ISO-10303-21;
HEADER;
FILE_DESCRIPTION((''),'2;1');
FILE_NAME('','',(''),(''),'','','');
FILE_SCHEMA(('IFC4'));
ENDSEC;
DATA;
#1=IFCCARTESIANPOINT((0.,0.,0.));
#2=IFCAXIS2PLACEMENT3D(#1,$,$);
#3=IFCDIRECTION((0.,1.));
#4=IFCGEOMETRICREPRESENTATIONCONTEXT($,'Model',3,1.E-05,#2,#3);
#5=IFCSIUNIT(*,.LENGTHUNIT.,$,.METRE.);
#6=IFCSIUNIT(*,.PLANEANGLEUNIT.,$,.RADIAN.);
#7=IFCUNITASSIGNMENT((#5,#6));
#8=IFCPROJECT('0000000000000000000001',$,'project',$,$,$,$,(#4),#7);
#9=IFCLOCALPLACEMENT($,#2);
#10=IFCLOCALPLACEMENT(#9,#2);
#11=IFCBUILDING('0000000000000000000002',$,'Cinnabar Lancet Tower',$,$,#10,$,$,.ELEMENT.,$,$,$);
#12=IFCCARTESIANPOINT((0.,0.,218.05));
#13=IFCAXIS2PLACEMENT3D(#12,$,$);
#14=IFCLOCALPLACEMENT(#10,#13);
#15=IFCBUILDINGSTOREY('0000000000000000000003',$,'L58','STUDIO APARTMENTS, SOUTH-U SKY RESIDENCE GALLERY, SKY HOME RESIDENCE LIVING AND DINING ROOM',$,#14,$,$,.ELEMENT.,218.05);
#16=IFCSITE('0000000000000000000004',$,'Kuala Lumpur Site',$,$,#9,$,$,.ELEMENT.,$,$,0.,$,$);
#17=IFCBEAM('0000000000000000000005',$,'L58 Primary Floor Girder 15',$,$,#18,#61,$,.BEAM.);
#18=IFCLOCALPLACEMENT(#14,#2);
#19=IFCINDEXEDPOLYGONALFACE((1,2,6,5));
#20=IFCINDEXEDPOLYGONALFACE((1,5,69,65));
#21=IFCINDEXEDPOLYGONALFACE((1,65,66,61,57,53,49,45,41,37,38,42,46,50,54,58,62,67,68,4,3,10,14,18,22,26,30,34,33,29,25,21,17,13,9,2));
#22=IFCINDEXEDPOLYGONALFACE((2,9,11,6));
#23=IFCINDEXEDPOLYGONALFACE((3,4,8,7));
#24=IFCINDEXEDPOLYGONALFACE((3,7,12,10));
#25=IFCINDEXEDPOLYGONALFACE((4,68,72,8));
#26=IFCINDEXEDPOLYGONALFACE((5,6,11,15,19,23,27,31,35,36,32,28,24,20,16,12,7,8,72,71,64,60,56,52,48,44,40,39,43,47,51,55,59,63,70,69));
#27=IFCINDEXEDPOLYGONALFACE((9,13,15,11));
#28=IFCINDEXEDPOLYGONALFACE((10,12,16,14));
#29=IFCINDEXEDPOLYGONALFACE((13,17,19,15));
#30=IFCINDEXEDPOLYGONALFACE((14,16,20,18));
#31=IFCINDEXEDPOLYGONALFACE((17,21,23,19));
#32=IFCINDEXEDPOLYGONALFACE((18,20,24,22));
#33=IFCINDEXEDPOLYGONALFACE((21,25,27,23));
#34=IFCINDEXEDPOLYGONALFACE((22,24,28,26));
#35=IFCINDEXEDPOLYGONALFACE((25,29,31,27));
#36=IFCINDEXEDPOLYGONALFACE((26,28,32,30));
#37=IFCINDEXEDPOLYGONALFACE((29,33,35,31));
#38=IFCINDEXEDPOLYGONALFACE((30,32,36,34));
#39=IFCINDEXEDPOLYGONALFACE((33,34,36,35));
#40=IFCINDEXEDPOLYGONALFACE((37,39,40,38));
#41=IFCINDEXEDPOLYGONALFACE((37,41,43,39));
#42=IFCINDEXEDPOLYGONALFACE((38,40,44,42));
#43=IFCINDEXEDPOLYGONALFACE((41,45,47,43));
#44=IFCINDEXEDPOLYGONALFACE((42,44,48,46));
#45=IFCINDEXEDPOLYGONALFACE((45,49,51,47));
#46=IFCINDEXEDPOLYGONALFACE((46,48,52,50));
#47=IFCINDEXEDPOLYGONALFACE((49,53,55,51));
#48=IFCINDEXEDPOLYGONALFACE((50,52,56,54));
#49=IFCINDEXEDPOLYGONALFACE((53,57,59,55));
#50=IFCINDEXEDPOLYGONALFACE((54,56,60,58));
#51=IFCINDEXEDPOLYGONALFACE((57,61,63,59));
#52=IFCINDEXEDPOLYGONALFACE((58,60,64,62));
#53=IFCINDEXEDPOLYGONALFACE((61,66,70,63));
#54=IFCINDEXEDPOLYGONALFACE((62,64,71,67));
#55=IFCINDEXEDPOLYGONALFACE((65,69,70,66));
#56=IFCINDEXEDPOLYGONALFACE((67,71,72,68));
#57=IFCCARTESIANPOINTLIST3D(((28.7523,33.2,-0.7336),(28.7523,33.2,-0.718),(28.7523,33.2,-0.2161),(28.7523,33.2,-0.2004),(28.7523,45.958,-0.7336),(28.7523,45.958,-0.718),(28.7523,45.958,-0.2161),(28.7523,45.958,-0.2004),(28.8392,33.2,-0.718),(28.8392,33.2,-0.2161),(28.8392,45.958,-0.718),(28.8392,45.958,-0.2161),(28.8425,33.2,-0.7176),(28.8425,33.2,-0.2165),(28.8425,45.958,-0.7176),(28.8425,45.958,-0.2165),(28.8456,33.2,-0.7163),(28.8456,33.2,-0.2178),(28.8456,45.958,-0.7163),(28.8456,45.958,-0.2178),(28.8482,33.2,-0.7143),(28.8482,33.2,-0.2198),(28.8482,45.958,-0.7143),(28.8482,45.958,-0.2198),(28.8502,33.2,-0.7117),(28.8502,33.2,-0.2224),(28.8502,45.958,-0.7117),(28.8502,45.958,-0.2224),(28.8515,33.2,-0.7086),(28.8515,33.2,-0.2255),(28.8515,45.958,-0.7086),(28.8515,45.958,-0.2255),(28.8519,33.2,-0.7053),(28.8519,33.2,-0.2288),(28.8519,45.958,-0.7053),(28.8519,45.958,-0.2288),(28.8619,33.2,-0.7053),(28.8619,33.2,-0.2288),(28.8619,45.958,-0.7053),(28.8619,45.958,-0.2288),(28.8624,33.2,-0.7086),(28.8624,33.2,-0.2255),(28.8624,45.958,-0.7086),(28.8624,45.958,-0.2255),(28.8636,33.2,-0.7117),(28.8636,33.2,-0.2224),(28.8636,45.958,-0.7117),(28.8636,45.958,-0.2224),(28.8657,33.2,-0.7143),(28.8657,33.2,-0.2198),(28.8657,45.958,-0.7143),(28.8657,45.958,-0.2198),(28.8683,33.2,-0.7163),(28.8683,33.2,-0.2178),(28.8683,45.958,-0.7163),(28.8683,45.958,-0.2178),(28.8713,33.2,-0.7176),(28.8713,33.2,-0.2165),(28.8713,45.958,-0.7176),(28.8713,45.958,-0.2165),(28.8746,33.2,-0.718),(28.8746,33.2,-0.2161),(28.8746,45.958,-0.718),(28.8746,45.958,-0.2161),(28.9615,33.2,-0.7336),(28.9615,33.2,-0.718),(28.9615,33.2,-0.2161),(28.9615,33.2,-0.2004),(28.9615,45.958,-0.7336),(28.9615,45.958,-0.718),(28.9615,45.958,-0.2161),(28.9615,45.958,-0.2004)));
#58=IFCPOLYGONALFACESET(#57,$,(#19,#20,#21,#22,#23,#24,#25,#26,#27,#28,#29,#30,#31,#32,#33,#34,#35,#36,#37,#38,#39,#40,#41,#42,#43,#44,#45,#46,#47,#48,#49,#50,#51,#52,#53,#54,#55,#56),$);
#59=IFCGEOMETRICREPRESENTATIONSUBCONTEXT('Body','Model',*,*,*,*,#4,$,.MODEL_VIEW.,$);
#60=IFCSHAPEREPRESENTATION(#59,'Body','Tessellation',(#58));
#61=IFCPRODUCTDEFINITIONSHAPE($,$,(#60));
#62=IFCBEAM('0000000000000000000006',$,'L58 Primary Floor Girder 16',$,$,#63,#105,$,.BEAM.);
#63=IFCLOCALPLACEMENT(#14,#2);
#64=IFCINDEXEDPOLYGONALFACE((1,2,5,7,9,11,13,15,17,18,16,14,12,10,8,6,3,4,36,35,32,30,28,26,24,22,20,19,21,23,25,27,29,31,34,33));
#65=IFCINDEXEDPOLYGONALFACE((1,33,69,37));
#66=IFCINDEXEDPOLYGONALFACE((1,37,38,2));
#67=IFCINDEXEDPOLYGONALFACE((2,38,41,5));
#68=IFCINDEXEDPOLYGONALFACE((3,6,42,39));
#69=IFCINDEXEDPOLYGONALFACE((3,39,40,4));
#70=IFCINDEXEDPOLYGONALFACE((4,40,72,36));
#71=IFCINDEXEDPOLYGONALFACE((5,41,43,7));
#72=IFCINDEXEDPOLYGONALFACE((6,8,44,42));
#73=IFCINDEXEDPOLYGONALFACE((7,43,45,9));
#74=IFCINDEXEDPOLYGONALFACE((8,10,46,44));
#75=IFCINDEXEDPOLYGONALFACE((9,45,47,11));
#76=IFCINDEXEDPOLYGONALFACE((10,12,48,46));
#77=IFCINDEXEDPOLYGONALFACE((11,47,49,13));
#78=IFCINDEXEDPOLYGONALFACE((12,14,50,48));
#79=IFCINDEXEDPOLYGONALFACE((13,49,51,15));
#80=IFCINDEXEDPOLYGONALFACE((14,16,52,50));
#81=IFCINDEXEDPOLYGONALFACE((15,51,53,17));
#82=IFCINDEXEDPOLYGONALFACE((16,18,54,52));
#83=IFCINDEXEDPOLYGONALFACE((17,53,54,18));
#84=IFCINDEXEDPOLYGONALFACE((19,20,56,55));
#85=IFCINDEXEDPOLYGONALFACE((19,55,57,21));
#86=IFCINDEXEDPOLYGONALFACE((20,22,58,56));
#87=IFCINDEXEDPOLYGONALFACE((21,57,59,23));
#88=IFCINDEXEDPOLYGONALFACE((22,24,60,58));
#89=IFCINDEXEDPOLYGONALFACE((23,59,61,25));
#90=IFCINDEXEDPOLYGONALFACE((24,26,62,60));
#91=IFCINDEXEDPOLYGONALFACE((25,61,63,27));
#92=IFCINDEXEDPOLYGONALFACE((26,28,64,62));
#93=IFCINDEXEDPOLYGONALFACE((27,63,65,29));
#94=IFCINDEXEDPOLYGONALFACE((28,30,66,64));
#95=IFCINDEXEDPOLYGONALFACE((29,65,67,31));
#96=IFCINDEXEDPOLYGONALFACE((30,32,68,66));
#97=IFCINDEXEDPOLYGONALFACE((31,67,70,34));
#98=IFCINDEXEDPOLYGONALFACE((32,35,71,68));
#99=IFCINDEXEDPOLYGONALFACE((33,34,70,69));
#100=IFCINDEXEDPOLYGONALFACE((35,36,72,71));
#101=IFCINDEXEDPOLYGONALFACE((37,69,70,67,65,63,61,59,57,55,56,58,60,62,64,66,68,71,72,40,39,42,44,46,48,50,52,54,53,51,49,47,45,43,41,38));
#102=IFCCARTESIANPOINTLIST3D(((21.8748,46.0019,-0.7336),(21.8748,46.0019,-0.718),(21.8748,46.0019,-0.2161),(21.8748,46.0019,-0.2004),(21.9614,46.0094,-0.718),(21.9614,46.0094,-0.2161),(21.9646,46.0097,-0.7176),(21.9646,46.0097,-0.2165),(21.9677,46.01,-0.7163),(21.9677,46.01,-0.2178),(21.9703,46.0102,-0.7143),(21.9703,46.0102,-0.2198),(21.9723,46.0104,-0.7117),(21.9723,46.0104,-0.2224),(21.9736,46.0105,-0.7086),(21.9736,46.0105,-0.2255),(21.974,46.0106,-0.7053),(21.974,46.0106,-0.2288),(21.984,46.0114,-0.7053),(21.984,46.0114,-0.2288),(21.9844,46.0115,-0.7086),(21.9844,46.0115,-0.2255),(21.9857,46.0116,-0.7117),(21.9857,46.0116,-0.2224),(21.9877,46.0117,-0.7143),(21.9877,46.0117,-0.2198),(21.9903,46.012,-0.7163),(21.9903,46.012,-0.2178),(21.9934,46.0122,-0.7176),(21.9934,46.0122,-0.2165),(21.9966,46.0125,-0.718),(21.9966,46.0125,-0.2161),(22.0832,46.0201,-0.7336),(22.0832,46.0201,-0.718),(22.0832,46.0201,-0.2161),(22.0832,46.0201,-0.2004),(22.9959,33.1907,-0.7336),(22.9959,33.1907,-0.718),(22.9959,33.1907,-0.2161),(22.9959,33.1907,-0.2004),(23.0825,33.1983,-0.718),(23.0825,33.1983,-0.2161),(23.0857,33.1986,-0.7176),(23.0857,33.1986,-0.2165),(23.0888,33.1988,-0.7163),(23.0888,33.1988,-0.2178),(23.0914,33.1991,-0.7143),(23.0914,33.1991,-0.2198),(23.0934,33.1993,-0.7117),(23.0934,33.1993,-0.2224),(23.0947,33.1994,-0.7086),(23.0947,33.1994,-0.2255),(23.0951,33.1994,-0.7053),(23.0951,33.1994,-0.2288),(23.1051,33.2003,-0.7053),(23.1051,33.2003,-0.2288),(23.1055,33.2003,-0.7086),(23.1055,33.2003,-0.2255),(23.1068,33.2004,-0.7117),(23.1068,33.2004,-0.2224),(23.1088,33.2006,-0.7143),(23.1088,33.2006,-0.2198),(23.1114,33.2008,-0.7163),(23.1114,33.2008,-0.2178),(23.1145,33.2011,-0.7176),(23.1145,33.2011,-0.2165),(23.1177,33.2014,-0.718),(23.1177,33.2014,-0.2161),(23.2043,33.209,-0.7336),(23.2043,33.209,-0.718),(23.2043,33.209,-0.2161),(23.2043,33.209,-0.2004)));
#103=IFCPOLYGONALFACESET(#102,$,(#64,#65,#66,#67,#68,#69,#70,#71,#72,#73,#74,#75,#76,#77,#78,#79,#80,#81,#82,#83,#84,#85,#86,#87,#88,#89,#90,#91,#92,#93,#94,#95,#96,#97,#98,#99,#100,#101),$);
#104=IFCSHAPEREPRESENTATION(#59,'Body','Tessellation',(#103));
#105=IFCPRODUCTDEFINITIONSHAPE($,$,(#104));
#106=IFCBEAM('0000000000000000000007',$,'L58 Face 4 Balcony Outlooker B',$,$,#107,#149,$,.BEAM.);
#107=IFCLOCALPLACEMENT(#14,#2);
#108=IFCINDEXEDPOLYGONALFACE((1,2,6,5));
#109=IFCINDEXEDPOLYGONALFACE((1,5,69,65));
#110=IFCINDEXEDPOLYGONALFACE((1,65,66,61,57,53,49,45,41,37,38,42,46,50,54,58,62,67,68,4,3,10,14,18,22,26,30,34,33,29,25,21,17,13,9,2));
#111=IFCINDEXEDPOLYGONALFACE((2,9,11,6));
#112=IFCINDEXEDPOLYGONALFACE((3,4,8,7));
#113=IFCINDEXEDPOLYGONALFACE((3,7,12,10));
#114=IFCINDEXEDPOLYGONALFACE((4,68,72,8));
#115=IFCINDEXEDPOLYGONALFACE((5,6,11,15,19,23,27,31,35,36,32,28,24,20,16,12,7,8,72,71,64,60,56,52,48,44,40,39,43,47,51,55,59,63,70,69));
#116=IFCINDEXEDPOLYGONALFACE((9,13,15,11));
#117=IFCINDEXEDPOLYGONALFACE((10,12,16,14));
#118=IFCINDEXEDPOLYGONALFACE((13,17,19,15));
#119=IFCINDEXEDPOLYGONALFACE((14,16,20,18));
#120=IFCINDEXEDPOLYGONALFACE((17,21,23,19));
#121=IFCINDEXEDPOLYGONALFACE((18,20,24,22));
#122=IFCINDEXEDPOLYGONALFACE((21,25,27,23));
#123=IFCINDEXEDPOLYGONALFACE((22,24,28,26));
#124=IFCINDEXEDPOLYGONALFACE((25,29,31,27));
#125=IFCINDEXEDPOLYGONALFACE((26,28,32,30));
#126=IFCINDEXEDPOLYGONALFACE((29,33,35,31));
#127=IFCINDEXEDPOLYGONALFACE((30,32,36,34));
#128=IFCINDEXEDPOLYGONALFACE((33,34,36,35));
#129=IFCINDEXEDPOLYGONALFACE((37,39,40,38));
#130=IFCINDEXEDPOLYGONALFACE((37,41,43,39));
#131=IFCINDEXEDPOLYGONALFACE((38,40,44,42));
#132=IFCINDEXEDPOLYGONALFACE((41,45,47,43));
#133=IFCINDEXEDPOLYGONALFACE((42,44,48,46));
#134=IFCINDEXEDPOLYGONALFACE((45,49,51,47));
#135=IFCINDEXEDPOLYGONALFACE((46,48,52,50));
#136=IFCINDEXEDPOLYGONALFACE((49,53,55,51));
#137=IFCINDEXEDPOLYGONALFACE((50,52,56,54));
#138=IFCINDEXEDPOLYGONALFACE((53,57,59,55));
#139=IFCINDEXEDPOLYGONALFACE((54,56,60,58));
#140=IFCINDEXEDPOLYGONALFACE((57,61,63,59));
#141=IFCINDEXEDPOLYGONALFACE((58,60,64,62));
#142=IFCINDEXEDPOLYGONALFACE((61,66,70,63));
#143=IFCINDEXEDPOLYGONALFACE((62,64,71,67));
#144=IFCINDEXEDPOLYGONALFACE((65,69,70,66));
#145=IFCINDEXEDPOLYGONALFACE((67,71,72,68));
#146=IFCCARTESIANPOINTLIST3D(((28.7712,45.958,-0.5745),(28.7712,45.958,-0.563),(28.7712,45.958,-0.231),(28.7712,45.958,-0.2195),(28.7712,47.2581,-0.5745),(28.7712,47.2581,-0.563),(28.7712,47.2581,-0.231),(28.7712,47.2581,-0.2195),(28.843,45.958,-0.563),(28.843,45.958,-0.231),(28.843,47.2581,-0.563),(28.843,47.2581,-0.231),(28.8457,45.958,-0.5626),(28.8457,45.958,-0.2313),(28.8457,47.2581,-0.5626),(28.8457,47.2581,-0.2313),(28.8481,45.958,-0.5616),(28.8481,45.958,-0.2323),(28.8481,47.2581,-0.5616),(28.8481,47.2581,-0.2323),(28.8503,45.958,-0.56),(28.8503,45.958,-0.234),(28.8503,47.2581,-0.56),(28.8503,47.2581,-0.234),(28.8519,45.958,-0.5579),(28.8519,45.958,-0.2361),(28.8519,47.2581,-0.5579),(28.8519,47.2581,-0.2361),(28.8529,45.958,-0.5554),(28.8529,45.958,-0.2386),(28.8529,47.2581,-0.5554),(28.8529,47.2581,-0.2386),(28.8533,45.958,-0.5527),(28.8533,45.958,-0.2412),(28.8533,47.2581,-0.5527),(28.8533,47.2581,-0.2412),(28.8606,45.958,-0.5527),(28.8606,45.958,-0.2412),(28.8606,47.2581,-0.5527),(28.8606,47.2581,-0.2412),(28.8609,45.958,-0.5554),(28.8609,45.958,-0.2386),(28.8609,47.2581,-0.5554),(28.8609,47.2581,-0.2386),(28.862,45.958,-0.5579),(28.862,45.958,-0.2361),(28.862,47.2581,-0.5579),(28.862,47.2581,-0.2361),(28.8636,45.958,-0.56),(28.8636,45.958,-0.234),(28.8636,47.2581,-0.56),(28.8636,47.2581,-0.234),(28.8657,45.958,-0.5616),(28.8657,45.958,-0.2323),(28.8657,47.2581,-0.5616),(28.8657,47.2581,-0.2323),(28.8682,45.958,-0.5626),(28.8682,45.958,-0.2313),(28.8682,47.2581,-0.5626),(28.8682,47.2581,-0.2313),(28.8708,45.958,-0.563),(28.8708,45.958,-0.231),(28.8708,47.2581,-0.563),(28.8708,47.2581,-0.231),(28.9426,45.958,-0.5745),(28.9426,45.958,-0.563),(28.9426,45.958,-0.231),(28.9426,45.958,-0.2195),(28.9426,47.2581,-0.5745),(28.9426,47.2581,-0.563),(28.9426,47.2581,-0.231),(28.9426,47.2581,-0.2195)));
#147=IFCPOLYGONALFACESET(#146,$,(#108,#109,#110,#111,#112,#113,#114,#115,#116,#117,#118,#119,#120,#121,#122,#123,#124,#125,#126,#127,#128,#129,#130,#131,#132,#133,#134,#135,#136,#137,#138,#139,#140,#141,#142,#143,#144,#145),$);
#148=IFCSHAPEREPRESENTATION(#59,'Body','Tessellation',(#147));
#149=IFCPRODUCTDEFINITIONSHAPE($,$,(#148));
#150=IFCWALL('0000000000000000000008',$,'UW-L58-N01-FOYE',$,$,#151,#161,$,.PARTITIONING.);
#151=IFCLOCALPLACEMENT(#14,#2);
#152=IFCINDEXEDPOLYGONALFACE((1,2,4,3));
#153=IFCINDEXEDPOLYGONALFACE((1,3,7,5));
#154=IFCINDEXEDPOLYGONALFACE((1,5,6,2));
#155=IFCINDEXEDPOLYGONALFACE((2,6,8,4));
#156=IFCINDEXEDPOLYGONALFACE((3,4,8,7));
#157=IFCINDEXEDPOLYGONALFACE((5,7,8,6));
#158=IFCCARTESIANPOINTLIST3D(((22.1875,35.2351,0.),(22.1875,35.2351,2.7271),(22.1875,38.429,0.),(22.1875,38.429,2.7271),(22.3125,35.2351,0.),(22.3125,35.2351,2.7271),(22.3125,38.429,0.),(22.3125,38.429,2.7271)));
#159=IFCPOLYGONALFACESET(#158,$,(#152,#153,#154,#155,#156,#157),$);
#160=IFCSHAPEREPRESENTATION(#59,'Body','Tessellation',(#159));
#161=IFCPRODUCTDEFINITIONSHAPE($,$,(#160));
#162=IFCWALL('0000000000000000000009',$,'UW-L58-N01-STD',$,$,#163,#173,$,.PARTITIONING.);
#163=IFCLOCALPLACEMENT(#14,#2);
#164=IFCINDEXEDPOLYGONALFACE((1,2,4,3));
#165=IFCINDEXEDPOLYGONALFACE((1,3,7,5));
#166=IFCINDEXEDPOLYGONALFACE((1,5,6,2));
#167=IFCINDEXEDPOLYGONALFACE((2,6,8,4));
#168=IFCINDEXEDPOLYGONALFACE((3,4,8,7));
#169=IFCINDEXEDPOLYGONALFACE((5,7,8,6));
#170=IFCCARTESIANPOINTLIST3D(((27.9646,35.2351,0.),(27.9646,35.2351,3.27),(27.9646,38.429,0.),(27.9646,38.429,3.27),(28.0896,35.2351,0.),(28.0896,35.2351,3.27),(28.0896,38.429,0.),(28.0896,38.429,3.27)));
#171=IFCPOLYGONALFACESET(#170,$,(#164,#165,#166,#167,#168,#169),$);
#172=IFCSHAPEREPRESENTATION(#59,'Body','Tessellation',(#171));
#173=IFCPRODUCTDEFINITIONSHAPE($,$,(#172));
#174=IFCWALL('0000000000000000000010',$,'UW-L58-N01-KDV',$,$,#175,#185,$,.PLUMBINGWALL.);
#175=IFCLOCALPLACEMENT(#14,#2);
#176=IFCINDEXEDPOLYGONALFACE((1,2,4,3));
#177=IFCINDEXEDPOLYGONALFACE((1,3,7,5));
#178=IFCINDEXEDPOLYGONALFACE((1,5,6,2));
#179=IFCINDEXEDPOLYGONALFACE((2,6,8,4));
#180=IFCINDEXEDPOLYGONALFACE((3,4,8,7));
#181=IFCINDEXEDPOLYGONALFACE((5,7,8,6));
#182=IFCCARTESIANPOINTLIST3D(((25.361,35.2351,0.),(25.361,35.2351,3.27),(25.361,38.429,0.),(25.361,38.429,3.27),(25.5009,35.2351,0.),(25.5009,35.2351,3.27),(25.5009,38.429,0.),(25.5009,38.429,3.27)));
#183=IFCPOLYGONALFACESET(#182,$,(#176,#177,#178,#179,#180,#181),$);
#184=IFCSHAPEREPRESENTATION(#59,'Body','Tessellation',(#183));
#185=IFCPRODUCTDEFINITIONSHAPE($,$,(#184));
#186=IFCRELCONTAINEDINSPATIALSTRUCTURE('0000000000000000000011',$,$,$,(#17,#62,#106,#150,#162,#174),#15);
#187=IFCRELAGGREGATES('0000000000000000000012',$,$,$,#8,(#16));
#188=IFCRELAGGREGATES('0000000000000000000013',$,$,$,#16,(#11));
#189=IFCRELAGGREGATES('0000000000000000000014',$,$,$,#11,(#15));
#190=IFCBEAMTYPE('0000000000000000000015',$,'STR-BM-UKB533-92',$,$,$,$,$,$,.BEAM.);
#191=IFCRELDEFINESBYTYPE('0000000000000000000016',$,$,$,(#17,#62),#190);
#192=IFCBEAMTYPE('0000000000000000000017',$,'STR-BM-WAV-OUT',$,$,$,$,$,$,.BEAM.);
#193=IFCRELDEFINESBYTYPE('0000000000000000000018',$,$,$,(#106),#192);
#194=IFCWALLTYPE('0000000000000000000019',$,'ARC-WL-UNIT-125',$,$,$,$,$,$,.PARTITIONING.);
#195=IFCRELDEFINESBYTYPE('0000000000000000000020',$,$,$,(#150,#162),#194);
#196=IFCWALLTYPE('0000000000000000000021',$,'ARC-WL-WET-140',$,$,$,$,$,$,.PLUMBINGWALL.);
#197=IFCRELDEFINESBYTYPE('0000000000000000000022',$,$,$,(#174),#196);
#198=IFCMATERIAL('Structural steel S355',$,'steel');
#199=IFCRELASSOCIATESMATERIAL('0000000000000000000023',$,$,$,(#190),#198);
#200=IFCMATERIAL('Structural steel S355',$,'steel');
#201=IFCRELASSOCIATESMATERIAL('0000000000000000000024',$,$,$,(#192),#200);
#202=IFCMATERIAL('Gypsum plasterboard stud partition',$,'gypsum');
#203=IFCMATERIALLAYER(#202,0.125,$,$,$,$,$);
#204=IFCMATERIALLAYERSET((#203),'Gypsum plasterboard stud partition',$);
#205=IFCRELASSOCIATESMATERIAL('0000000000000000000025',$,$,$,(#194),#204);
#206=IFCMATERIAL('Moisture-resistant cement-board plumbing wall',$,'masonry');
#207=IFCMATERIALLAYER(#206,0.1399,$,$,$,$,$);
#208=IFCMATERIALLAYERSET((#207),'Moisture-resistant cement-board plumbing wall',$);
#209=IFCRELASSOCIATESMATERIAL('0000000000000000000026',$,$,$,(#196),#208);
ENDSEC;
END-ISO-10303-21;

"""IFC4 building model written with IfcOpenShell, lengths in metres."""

from ifc_helpers import new_model, si_unit, direction, frame, frame_2d, origin, origin_2d, place, context, subcontext, project, spatial, rectangle, i_section, extrude, material, layer, layer_set, material_profile, profile_set, type_object, element, save


model = new_model("IFC4")

# Units and contexts
model_context = context("Model", 3, precision=1e-05, world=origin(), true_north=direction((0.0, 1.0)))
body_context = subcontext(model_context, "Body", "Model", "MODEL_VIEW")
ifc_project = project(units=[si_unit("LENGTHUNIT", "METRE"), si_unit("PLANEANGLEUNIT", "RADIAN")], contexts=[model_context])

# Site, building, storey
site_placement = place(None, origin())
site = spatial("IfcSite", under=ifc_project, at=site_placement, Name="Kuala Lumpur Site", CompositionType="ELEMENT", RefElevation=0.0)
building_placement = place(site_placement, origin())
building = spatial("IfcBuilding", under=site, at=building_placement, Name="Cinnabar Lancet Tower", CompositionType="ELEMENT")
storey_placement = place(building_placement, frame((0.0, 0.0, 218.05)))
storey = spatial("IfcBuildingStorey", under=building, at=storey_placement, Name="L58", Description="STUDIO APARTMENTS, SOUTH-U SKY RESIDENCE GALLERY, SKY HOME RESIDENCE LIVING AND DINING ROOM", CompositionType="ELEMENT", Elevation=218.05)

# Beams
ifc_material_1 = material(Name="Structural steel S355", Category="steel")
ifc_material_profile_1 = material_profile(ifc_material_1, i_section(OverallWidth=0.2092, OverallDepth=0.5332, WebThickness=0.01, FlangeThickness=0.0156, FilletRadius=0.0127, at=origin_2d()), Name="UKB 533x210x92")
ifc_profile_set_1 = profile_set([ifc_material_profile_1], Name="Structural steel S355")
beam_type_1 = type_object("IfcBeamType", Name="STR-BM-UKB533-92", PredefinedType="BEAM", material=ifc_profile_set_1)
beam_1_placement = place(storey_placement, frame((28.8569, 45.958, -0.467), z_axis=(0.0, -1.0, 0.0), x_axis=(1.0, 0.0, 0.0)))
element("IfcBeam", 1, at=beam_1_placement, inside=storey, type_object=beam_type_1, Name="L58 Primary Floor Girder 15", PredefinedType="BEAM", context=body_context, shape_type="SweptSolid", body=[
    extrude(i_section(OverallWidth=0.2092, OverallDepth=0.5332, WebThickness=0.01, FlangeThickness=0.0156, FilletRadius=0.0127, at=origin_2d()), origin(), (0.0, 0.0, 1.0), 12.7581),
])
beam_2_placement = place(storey_placement, frame((21.979, 46.011, -0.467), z_axis=(0.087177, -0.996193, 0.0), x_axis=(0.996193, 0.087177, 0.0)))
element("IfcBeam", 2, at=beam_2_placement, inside=storey, type_object=beam_type_1, Name="L58 Primary Floor Girder 16", PredefinedType="BEAM", context=body_context, shape_type="SweptSolid", body=[
    extrude(i_section(OverallWidth=0.2092, OverallDepth=0.5332, WebThickness=0.01, FlangeThickness=0.0156, FilletRadius=0.0127, at=origin_2d()), origin(), (0.0, 0.0, 1.0), 12.8601),
])
ifc_material_2 = material(Name="Structural steel S355", Category="steel")
ifc_material_profile_2 = material_profile(ifc_material_2, i_section(OverallWidth=0.1714, OverallDepth=0.355, WebThickness=0.0073, FlangeThickness=0.0115, FilletRadius=0.0103, at=origin_2d()), Name="UKB 356x171x51")
ifc_profile_set_2 = profile_set([ifc_material_profile_2], Name="Structural steel S355")
beam_type_2 = type_object("IfcBeamType", Name="STR-BM-WAV-OUT", PredefinedType="BEAM", material=ifc_profile_set_2)
beam_3_placement = place(storey_placement, frame((28.8569, 45.958, -0.397), z_axis=(0.0, 1.0, 0.0), x_axis=(-1.0, 0.0, 0.0)))
element("IfcBeam", 3, at=beam_3_placement, inside=storey, type_object=beam_type_2, Name="L58 Face 4 Balcony Outlooker B", PredefinedType="BEAM", context=body_context, shape_type="SweptSolid", body=[
    extrude(i_section(OverallWidth=0.1714, OverallDepth=0.355, WebThickness=0.0073, FlangeThickness=0.0115, FilletRadius=0.0103, at=origin_2d()), origin(), (0.0, 0.0, 1.0), 1.3),
])

# Walls
ifc_material_3 = material(Name="Gypsum plasterboard stud partition", Category="gypsum")
ifc_layer_1 = layer(ifc_material_3, 0.125)
ifc_layer_set_1 = layer_set([ifc_layer_1], Name="Gypsum plasterboard stud partition")
wall_type_1 = type_object("IfcWallType", Name="ARC-WL-UNIT-125", PredefinedType="PARTITIONING", material=ifc_layer_set_1)
wall_1_placement = place(storey_placement, frame((22.25, 35.2351, 0.0), z_axis=(0.0, 0.0, 1.0), x_axis=(0.0, 1.0, 0.0)))
element("IfcWall", 4, at=wall_1_placement, inside=storey, type_object=wall_type_1, Name="UW-L58-N01-FOYE", PredefinedType="PARTITIONING", context=body_context, shape_type="SweptSolid", body=[
    extrude(rectangle(XDim=3.1938, YDim=0.125, at=frame_2d((1.5969, 0.0))), origin(), (0.0, 0.0, 1.0), 2.7271),
])
wall_2_placement = place(storey_placement, frame((28.0271, 35.2351, 0.0), z_axis=(0.0, 0.0, 1.0), x_axis=(0.0, 1.0, 0.0)))
element("IfcWall", 5, at=wall_2_placement, inside=storey, type_object=wall_type_1, Name="UW-L58-N01-STD", PredefinedType="PARTITIONING", context=body_context, shape_type="SweptSolid", body=[
    extrude(rectangle(XDim=3.1938, YDim=0.125, at=frame_2d((1.5969, 0.0))), origin(), (0.0, 0.0, 1.0), 3.27),
])

# Shared definitions
ifc_material_4 = material(Name="Moisture-resistant cement-board plumbing wall", Category="masonry")
ifc_layer_2 = layer(ifc_material_4, 0.1399)
ifc_layer_set_2 = layer_set([ifc_layer_2], Name="Moisture-resistant cement-board plumbing wall")
wall_type_2 = type_object("IfcWallType", Name="ARC-WL-WET-140", PredefinedType="PLUMBINGWALL", material=ifc_layer_set_2)

# Wall
wall_3_placement = place(storey_placement, frame((25.4309, 35.2351, 0.0), z_axis=(0.0, 0.0, 1.0), x_axis=(0.0, 1.0, 0.0)))
element("IfcWall", 6, at=wall_3_placement, inside=storey, type_object=wall_type_2, Name="UW-L58-N01-KDV", PredefinedType="PLUMBINGWALL", context=body_context, shape_type="SweptSolid", body=[
    extrude(rectangle(XDim=3.1938, YDim=0.1399, at=frame_2d((1.5969, 0.0))), origin(), (0.0, 0.0, 1.0), 3.27),
])

save(model, "model.ifc")
